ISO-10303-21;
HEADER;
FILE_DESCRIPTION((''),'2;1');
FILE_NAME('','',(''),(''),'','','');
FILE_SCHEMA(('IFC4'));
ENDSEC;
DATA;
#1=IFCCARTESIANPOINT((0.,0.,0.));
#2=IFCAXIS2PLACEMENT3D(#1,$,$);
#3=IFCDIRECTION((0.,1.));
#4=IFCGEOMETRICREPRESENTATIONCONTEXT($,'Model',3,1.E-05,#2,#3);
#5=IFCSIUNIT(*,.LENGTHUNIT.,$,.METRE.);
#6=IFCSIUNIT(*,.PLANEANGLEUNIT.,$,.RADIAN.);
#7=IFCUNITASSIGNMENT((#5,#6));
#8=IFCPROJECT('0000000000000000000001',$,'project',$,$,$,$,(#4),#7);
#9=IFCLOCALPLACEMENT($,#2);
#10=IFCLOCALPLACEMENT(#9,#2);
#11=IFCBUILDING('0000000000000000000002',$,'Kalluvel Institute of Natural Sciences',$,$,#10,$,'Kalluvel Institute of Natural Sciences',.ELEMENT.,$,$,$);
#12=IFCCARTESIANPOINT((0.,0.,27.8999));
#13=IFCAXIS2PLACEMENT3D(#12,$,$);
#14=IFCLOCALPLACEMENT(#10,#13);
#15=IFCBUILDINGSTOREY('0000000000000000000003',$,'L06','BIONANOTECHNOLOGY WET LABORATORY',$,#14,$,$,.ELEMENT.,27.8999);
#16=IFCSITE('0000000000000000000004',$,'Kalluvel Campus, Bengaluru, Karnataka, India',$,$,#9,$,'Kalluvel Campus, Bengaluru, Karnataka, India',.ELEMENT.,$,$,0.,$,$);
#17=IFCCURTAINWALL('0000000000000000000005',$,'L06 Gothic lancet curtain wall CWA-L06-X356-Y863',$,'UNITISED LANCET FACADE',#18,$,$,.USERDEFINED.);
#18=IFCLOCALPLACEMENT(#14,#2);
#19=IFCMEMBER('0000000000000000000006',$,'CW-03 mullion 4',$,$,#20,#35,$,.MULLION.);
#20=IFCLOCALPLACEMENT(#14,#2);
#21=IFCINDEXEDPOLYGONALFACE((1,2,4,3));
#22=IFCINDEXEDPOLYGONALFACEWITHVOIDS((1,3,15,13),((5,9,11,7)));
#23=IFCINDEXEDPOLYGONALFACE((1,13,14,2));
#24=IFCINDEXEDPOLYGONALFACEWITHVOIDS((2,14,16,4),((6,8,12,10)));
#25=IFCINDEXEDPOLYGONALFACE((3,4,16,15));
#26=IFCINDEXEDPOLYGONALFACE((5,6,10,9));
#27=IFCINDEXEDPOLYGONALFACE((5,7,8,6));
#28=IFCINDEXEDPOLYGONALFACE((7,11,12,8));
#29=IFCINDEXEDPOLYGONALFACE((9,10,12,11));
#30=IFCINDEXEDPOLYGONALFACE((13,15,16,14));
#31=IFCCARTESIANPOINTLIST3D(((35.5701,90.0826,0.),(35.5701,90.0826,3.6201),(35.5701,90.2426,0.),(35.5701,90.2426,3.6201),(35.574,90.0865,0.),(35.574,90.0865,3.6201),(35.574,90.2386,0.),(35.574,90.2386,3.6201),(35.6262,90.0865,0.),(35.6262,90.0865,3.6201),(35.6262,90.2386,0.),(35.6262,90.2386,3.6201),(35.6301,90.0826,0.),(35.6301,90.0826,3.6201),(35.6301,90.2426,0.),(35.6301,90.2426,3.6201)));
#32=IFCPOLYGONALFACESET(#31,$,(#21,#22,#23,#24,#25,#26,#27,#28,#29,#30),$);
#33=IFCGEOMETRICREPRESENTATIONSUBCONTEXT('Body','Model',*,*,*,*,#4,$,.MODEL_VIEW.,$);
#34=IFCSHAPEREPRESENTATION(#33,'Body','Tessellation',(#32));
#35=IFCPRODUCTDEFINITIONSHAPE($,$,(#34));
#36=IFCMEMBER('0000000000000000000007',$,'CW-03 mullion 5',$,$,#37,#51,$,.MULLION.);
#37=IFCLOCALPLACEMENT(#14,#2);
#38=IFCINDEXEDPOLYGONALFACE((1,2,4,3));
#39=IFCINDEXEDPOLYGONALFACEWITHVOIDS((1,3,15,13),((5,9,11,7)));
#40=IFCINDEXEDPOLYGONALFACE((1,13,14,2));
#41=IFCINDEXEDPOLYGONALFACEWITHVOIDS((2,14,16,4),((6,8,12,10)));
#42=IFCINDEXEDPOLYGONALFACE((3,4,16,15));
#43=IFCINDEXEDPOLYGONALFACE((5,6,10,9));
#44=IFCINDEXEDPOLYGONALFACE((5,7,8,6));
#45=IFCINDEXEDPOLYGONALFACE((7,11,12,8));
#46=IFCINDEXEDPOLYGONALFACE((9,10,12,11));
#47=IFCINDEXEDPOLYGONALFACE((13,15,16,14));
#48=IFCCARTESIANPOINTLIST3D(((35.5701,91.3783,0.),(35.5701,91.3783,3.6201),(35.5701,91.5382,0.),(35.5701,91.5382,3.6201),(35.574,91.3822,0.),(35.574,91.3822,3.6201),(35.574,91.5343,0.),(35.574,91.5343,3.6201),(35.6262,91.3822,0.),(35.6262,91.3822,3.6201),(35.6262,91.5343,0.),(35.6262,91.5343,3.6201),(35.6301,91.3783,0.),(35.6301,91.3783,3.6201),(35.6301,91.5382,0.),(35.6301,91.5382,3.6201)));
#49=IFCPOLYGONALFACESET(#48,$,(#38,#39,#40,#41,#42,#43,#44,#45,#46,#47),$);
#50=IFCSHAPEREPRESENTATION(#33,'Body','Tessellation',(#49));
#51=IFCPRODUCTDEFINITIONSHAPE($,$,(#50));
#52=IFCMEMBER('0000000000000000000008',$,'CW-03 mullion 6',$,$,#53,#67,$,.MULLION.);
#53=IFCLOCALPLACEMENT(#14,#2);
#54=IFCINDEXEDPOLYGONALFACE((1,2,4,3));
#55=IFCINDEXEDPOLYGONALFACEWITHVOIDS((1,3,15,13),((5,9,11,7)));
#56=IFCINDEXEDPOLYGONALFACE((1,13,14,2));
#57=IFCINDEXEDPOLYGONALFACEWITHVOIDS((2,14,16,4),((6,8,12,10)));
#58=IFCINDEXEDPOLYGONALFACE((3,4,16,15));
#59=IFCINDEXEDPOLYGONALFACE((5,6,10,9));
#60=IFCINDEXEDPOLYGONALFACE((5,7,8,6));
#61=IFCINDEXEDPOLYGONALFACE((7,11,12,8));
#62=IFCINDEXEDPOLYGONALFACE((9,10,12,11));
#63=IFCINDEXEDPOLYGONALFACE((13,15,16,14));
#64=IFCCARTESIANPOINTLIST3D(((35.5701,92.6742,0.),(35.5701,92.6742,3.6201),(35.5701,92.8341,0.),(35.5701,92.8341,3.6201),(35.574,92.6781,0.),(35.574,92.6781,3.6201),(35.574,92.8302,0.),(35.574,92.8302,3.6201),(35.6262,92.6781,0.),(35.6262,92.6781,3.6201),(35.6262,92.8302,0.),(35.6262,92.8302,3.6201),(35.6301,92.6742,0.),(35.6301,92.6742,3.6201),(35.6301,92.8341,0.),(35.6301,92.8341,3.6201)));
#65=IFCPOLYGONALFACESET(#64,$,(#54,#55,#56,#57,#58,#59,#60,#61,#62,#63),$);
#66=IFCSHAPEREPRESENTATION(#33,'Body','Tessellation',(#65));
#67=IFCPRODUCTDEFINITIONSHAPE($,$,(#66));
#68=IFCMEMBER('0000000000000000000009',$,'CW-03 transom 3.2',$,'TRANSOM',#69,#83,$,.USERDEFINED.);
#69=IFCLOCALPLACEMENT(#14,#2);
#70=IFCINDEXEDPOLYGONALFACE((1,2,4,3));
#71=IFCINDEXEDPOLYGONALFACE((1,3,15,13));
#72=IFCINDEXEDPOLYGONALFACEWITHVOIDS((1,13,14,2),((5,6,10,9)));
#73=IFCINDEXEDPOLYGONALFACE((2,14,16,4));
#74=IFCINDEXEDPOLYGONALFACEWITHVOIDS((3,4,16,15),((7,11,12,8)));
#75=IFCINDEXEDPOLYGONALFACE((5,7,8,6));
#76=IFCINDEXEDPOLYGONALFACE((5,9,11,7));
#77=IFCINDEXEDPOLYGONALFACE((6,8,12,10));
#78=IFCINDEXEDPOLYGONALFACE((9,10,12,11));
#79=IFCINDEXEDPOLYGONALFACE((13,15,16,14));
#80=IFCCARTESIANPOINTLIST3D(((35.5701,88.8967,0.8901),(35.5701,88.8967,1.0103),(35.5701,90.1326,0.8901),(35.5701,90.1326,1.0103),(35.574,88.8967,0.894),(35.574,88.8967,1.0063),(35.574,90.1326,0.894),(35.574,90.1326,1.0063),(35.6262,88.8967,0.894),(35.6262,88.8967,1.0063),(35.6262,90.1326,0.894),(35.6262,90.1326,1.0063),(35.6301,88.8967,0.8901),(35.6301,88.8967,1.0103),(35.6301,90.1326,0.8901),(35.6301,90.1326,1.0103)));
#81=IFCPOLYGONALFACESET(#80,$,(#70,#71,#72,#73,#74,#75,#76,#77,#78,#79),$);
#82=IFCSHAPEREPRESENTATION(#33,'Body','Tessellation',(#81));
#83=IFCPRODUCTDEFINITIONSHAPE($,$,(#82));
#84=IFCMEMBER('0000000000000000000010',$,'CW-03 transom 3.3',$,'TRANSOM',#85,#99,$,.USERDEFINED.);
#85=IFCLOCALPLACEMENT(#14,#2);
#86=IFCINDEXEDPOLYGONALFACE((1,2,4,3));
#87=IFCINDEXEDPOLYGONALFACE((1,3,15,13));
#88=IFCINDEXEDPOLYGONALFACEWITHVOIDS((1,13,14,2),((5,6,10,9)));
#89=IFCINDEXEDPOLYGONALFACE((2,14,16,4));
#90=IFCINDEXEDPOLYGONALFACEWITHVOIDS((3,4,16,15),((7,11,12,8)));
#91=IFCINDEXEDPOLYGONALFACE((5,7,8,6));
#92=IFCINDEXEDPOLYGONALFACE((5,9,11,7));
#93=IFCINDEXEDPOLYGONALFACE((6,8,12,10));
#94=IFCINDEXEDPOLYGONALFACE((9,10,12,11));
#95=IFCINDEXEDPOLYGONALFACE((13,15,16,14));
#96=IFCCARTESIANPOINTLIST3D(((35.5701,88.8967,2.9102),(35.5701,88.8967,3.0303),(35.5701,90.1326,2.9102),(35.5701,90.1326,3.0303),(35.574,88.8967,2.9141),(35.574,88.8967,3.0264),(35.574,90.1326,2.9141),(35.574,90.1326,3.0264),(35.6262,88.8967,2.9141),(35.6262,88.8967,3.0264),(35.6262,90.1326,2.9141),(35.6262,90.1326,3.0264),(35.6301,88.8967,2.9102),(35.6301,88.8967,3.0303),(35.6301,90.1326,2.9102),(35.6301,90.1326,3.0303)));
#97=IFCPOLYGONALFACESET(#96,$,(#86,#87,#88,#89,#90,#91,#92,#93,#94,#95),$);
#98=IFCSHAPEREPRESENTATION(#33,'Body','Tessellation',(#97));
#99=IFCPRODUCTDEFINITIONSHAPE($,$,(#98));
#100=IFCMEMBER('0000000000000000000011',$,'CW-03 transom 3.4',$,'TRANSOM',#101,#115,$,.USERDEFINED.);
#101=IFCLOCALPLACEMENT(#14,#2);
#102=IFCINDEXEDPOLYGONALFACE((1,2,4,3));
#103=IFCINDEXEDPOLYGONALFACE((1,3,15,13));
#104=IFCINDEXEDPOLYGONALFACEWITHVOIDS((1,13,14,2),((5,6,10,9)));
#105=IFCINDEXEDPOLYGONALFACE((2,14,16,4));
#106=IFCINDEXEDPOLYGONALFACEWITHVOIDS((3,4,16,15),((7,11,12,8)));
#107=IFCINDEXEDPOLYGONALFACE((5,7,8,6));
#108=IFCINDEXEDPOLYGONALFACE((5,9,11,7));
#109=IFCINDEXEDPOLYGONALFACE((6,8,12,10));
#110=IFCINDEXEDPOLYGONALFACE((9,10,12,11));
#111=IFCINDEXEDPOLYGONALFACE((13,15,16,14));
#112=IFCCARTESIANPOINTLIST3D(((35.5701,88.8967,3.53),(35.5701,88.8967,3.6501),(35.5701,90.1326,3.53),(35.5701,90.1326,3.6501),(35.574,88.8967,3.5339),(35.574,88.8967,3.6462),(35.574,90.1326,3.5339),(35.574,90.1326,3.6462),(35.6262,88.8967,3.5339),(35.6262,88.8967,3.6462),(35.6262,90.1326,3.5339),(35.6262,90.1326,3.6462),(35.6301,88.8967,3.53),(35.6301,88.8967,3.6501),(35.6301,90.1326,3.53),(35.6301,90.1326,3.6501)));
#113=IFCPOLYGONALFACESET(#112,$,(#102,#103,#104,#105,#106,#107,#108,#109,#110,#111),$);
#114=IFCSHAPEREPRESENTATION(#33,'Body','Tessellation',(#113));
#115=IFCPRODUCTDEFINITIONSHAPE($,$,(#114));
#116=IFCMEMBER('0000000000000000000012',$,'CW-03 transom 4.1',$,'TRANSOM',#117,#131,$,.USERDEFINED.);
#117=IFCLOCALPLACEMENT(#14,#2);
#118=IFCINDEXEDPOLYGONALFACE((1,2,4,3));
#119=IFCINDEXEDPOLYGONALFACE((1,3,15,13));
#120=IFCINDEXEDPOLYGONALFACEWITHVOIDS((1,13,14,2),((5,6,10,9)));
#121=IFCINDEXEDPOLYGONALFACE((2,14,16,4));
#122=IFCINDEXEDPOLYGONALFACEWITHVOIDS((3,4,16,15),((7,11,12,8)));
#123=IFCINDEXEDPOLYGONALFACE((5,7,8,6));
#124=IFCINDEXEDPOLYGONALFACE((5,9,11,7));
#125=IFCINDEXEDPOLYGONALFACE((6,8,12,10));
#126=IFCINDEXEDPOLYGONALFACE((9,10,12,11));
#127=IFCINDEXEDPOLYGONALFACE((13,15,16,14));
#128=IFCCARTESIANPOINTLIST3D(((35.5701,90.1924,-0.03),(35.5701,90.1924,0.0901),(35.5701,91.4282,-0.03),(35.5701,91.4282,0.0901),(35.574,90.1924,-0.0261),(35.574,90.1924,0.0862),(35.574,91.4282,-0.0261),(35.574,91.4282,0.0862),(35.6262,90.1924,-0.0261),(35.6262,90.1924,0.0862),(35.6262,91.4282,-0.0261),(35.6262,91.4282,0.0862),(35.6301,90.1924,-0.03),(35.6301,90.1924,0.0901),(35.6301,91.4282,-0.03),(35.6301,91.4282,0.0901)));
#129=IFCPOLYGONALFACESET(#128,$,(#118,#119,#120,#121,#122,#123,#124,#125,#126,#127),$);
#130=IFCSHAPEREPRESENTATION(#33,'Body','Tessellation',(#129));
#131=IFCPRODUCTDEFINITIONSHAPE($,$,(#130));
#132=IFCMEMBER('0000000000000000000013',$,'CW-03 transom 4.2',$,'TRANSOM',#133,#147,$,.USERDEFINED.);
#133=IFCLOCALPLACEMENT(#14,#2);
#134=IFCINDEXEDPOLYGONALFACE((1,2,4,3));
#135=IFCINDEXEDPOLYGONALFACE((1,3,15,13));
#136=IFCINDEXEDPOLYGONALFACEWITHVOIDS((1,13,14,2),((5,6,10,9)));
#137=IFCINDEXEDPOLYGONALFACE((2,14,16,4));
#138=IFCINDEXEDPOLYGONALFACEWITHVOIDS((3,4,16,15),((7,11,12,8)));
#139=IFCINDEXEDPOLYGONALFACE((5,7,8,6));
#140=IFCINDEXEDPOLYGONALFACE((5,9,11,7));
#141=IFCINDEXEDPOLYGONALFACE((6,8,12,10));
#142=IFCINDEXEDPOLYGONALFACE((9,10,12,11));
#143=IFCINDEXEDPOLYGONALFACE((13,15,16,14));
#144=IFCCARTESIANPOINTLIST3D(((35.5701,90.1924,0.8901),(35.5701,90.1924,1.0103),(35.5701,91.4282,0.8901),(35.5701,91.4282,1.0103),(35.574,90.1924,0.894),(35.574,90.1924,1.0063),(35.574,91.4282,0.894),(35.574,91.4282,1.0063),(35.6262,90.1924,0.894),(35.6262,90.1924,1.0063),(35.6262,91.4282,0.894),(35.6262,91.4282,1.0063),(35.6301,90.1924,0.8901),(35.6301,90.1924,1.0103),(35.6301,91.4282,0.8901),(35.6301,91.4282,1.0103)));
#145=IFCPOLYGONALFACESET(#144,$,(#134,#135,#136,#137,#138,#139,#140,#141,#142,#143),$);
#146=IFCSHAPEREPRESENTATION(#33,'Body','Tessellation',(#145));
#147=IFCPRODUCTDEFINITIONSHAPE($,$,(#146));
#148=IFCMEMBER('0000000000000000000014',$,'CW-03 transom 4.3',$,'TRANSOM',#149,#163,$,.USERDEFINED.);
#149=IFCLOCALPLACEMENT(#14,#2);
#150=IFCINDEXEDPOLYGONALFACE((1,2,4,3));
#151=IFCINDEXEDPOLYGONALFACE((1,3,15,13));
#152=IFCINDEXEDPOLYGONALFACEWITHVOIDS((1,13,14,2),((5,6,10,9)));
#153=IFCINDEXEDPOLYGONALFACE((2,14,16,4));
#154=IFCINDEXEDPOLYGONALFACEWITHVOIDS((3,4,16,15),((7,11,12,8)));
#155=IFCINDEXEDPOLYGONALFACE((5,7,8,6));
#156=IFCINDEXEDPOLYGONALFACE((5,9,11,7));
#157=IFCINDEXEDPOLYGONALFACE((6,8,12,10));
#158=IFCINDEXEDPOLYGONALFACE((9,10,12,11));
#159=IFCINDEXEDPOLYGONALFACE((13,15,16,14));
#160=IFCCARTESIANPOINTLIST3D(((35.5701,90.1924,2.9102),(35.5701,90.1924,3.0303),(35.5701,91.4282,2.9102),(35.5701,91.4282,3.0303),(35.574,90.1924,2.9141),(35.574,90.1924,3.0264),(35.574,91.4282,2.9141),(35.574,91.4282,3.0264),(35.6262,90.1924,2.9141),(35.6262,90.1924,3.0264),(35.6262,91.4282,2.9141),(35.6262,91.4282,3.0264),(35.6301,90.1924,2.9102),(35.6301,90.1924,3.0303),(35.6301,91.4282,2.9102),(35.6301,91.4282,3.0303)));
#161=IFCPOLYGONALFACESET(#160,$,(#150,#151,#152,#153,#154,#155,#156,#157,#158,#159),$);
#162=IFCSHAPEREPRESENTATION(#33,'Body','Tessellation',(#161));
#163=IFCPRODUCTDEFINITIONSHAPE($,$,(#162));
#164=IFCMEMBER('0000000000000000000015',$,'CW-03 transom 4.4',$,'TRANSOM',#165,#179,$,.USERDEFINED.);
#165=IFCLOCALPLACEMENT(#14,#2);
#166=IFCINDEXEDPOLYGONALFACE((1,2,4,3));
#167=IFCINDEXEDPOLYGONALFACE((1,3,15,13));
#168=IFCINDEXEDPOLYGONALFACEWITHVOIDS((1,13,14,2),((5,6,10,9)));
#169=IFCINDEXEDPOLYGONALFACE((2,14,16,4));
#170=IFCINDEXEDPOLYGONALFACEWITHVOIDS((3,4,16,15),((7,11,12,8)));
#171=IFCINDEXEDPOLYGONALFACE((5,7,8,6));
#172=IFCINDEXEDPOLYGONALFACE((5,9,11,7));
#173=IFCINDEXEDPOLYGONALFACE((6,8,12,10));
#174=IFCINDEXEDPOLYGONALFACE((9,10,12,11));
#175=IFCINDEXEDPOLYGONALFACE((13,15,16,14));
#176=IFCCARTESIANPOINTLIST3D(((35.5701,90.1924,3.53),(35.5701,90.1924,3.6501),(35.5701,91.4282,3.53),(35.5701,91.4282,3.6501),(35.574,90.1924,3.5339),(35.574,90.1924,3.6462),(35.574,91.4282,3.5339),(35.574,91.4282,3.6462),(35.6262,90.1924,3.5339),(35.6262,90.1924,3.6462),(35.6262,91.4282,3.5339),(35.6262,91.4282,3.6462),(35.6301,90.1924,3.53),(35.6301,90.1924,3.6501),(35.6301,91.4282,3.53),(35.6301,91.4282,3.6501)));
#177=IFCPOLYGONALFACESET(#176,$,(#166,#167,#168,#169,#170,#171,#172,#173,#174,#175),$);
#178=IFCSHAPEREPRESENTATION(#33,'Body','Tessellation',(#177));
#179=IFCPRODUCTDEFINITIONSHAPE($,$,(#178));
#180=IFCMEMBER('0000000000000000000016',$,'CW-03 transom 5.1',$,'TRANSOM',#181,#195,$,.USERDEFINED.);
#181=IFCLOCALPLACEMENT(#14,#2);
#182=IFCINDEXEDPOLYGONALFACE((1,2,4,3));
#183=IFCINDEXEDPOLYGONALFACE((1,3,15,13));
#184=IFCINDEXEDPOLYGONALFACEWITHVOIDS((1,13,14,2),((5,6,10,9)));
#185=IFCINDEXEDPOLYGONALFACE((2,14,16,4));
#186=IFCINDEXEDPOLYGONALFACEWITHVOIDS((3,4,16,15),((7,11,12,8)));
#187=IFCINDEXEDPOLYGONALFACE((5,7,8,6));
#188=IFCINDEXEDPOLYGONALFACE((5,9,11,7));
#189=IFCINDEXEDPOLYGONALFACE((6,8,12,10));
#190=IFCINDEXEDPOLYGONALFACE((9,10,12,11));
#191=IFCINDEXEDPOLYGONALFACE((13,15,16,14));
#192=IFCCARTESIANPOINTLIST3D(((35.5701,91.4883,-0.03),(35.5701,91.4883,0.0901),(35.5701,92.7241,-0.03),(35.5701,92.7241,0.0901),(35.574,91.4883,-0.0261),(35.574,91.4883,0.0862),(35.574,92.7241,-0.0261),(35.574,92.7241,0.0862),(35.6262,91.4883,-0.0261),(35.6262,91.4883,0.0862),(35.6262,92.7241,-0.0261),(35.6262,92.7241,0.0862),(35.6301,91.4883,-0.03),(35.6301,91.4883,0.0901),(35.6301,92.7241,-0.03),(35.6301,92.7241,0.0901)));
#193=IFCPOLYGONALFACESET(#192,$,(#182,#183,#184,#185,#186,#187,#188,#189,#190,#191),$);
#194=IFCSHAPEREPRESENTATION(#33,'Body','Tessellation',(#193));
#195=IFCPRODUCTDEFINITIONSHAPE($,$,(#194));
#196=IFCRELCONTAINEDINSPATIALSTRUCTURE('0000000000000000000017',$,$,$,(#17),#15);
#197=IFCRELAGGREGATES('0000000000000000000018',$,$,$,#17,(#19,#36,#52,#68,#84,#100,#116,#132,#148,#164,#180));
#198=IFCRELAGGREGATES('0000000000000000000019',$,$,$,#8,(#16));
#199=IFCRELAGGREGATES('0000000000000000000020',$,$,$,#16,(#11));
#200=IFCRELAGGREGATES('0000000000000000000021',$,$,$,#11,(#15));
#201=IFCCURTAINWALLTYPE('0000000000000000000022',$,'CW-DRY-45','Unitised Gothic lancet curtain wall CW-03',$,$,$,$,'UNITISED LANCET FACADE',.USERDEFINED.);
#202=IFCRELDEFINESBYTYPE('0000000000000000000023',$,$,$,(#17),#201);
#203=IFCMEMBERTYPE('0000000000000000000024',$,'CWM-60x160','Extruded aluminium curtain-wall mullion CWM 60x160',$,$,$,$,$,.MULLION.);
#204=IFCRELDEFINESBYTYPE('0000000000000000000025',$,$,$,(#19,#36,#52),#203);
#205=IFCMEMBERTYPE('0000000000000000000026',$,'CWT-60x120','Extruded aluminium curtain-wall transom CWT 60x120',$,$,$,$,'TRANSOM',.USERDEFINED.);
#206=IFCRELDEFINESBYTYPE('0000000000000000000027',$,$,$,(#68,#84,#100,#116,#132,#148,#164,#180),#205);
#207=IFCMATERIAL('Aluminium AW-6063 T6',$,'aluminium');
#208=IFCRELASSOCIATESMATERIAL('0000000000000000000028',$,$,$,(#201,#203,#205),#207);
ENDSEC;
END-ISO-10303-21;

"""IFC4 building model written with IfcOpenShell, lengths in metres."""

from ifc_helpers import new_model, si_unit, direction, frame, origin, origin_2d, place, context, subcontext, project, spatial, hollow_rectangle, extrude, material, material_profile, profile_set, type_object, element, aggregate, save


model = new_model("IFC4")

# Units and contexts
model_context = context("Model", 3, precision=1e-05, world=origin(), true_north=direction((0.0, 1.0)))
body_context = subcontext(model_context, "Body", "Model", "MODEL_VIEW")
ifc_project = project(units=[si_unit("LENGTHUNIT", "METRE"), si_unit("PLANEANGLEUNIT", "RADIAN")], contexts=[model_context])

# Site, building, storey
site_placement = place(None, origin())
site = spatial("IfcSite", under=ifc_project, at=site_placement, Name="Kalluvel Campus, Bengaluru, Karnataka, India", LongName="Kalluvel Campus, Bengaluru, Karnataka, India", CompositionType="ELEMENT", RefElevation=0.0)
building_placement = place(site_placement, origin())
building = spatial("IfcBuilding", under=site, at=building_placement, Name="Kalluvel Institute of Natural Sciences", LongName="Kalluvel Institute of Natural Sciences", CompositionType="ELEMENT")
storey_placement = place(building_placement, frame((0.0, 0.0, 27.8999)))
storey = spatial("IfcBuildingStorey", under=building, at=storey_placement, Name="L06", Description="BIONANOTECHNOLOGY WET LABORATORY", CompositionType="ELEMENT", Elevation=27.8999)

# Curtain wall, members
ifc_material_1 = material(Name="Aluminium AW-6063 T6", Category="aluminium")
curtain_wall_type = type_object("IfcCurtainWallType", Name="CW-DRY-45", Description="Unitised Gothic lancet curtain wall CW-03", ElementType="UNITISED LANCET FACADE", PredefinedType="USERDEFINED", material=ifc_material_1)
curtain_wall_placement = place(storey_placement, origin())
curtain_wall = element("IfcCurtainWall", 1, at=curtain_wall_placement, inside=storey, type_object=curtain_wall_type, Name="L06 Gothic lancet curtain wall CWA-L06-X356-Y863", ObjectType="UNITISED LANCET FACADE", PredefinedType="USERDEFINED")
ifc_material_profile_1 = material_profile(ifc_material_1, hollow_rectangle(XDim=0.0601, YDim=0.1599, WallThickness=0.0039, at=origin_2d()), Name="CWM 60x160")
ifc_profile_set_1 = profile_set([ifc_material_profile_1], Name="Aluminium AW-6063 T6")
member_type_1 = type_object("IfcMemberType", Name="CWM-60x160", Description="Extruded aluminium curtain-wall mullion CWM 60x160", PredefinedType="MULLION", material=ifc_profile_set_1)
member_1_placement = place(storey_placement, frame((35.6001, 90.1626, 0.0), z_axis=(0.0, 0.0, 1.0), x_axis=(-1.0, 0.0, 0.0)))
member_1 = element("IfcMember", 2, at=member_1_placement, type_object=member_type_1, Name="CW-03 mullion 4", PredefinedType="MULLION", context=body_context, shape_type="SweptSolid", body=[
    extrude(hollow_rectangle(XDim=0.0601, YDim=0.1599, WallThickness=0.0039, at=origin_2d()), origin(), (0.0, 0.0, 1.0), 3.6201),
])
member_2_placement = place(storey_placement, frame((35.6001, 91.4583, 0.0), z_axis=(0.0, 0.0, 1.0), x_axis=(-1.0, 0.0, 0.0)))
member_2 = element("IfcMember", 3, at=member_2_placement, type_object=member_type_1, Name="CW-03 mullion 5", PredefinedType="MULLION", context=body_context, shape_type="SweptSolid", body=[
    extrude(hollow_rectangle(XDim=0.0601, YDim=0.1599, WallThickness=0.0039, at=origin_2d()), origin(), (0.0, 0.0, 1.0), 3.6201),
])
member_3_placement = place(storey_placement, frame((35.6001, 92.7542, 0.0), z_axis=(0.0, 0.0, 1.0), x_axis=(-1.0, 0.0, 0.0)))
member_3 = element("IfcMember", 4, at=member_3_placement, type_object=member_type_1, Name="CW-03 mullion 6", PredefinedType="MULLION", context=body_context, shape_type="SweptSolid", body=[
    extrude(hollow_rectangle(XDim=0.0601, YDim=0.1599, WallThickness=0.0039, at=origin_2d()), origin(), (0.0, 0.0, 1.0), 3.6201),
])
ifc_material_profile_2 = material_profile(ifc_material_1, hollow_rectangle(XDim=0.0601, YDim=0.1201, WallThickness=0.0039, at=origin_2d()), Name="CWT 60x120")
ifc_profile_set_2 = profile_set([ifc_material_profile_2], Name="Aluminium AW-6063 T6")
member_type_2 = type_object("IfcMemberType", Name="CWT-60x120", Description="Extruded aluminium curtain-wall transom CWT 60x120", ElementType="TRANSOM", PredefinedType="USERDEFINED", material=ifc_profile_set_2)
member_4_placement = place(storey_placement, frame((35.6001, 88.8967, 0.9502), z_axis=(0.0, 1.0, 0.0), x_axis=(-1.0, 0.0, 0.0)))
member_4 = element("IfcMember", 5, at=member_4_placement, type_object=member_type_2, Name="CW-03 transom 3.2", ObjectType="TRANSOM", PredefinedType="USERDEFINED", context=body_context, shape_type="SweptSolid", body=[
    extrude(hollow_rectangle(XDim=0.0601, YDim=0.1201, WallThickness=0.0039, at=origin_2d()), origin(), (0.0, 0.0, 1.0), 1.2358),
])
member_5_placement = place(storey_placement, frame((35.6001, 88.8967, 2.9702), z_axis=(0.0, 1.0, 0.0), x_axis=(-1.0, 0.0, 0.0)))
member_5 = element("IfcMember", 6, at=member_5_placement, type_object=member_type_2, Name="CW-03 transom 3.3", ObjectType="TRANSOM", PredefinedType="USERDEFINED", context=body_context, shape_type="SweptSolid", body=[
    extrude(hollow_rectangle(XDim=0.0601, YDim=0.1201, WallThickness=0.0039, at=origin_2d()), origin(), (0.0, 0.0, 1.0), 1.2358),
])
member_6_placement = place(storey_placement, frame((35.6001, 88.8967, 3.5901), z_axis=(0.0, 1.0, 0.0), x_axis=(-1.0, 0.0, 0.0)))
member_6 = element("IfcMember", 7, at=member_6_placement, type_object=member_type_2, Name="CW-03 transom 3.4", ObjectType="TRANSOM", PredefinedType="USERDEFINED", context=body_context, shape_type="SweptSolid", body=[
    extrude(hollow_rectangle(XDim=0.0601, YDim=0.1201, WallThickness=0.0039, at=origin_2d()), origin(), (0.0, 0.0, 1.0), 1.2358),
])
member_7_placement = place(storey_placement, frame((35.6001, 90.1924, 0.03), z_axis=(0.0, 1.0, 0.0), x_axis=(-1.0, 0.0, 0.0)))
member_7 = element("IfcMember", 8, at=member_7_placement, type_object=member_type_2, Name="CW-03 transom 4.1", ObjectType="TRANSOM", PredefinedType="USERDEFINED", context=body_context, shape_type="SweptSolid", body=[
    extrude(hollow_rectangle(XDim=0.0601, YDim=0.1201, WallThickness=0.0039, at=origin_2d()), origin(), (0.0, 0.0, 1.0), 1.2358),
])
member_8_placement = place(storey_placement, frame((35.6001, 90.1924, 0.9502), z_axis=(0.0, 1.0, 0.0), x_axis=(-1.0, 0.0, 0.0)))
member_8 = element("IfcMember", 9, at=member_8_placement, type_object=member_type_2, Name="CW-03 transom 4.2", ObjectType="TRANSOM", PredefinedType="USERDEFINED", context=body_context, shape_type="SweptSolid", body=[
    extrude(hollow_rectangle(XDim=0.0601, YDim=0.1201, WallThickness=0.0039, at=origin_2d()), origin(), (0.0, 0.0, 1.0), 1.2358),
])
member_9_placement = place(storey_placement, frame((35.6001, 90.1924, 2.9702), z_axis=(0.0, 1.0, 0.0), x_axis=(-1.0, 0.0, 0.0)))
member_9 = element("IfcMember", 10, at=member_9_placement, type_object=member_type_2, Name="CW-03 transom 4.3", ObjectType="TRANSOM", PredefinedType="USERDEFINED", context=body_context, shape_type="SweptSolid", body=[
    extrude(hollow_rectangle(XDim=0.0601, YDim=0.1201, WallThickness=0.0039, at=origin_2d()), origin(), (0.0, 0.0, 1.0), 1.2358),
])
member_10_placement = place(storey_placement, frame((35.6001, 90.1924, 3.5901), z_axis=(0.0, 1.0, 0.0), x_axis=(-1.0, 0.0, 0.0)))
member_10 = element("IfcMember", 11, at=member_10_placement, type_object=member_type_2, Name="CW-03 transom 4.4", ObjectType="TRANSOM", PredefinedType="USERDEFINED", context=body_context, shape_type="SweptSolid", body=[
    extrude(hollow_rectangle(XDim=0.0601, YDim=0.1201, WallThickness=0.0039, at=origin_2d()), origin(), (0.0, 0.0, 1.0), 1.2358),
])
member_11_placement = place(storey_placement, frame((35.6001, 91.4883, 0.03), z_axis=(0.0, 1.0, 0.0), x_axis=(-1.0, 0.0, 0.0)))
member_11 = element("IfcMember", 12, at=member_11_placement, type_object=member_type_2, Name="CW-03 transom 5.1", ObjectType="TRANSOM", PredefinedType="USERDEFINED", context=body_context, shape_type="SweptSolid", body=[
    extrude(hollow_rectangle(XDim=0.0601, YDim=0.1201, WallThickness=0.0039, at=origin_2d()), origin(), (0.0, 0.0, 1.0), 1.2358),
])
aggregate(curtain_wall, [member_1, member_2, member_3, member_4, member_5, member_6, member_7, member_8, member_9, member_10, member_11])

save(model, "model.ifc")
